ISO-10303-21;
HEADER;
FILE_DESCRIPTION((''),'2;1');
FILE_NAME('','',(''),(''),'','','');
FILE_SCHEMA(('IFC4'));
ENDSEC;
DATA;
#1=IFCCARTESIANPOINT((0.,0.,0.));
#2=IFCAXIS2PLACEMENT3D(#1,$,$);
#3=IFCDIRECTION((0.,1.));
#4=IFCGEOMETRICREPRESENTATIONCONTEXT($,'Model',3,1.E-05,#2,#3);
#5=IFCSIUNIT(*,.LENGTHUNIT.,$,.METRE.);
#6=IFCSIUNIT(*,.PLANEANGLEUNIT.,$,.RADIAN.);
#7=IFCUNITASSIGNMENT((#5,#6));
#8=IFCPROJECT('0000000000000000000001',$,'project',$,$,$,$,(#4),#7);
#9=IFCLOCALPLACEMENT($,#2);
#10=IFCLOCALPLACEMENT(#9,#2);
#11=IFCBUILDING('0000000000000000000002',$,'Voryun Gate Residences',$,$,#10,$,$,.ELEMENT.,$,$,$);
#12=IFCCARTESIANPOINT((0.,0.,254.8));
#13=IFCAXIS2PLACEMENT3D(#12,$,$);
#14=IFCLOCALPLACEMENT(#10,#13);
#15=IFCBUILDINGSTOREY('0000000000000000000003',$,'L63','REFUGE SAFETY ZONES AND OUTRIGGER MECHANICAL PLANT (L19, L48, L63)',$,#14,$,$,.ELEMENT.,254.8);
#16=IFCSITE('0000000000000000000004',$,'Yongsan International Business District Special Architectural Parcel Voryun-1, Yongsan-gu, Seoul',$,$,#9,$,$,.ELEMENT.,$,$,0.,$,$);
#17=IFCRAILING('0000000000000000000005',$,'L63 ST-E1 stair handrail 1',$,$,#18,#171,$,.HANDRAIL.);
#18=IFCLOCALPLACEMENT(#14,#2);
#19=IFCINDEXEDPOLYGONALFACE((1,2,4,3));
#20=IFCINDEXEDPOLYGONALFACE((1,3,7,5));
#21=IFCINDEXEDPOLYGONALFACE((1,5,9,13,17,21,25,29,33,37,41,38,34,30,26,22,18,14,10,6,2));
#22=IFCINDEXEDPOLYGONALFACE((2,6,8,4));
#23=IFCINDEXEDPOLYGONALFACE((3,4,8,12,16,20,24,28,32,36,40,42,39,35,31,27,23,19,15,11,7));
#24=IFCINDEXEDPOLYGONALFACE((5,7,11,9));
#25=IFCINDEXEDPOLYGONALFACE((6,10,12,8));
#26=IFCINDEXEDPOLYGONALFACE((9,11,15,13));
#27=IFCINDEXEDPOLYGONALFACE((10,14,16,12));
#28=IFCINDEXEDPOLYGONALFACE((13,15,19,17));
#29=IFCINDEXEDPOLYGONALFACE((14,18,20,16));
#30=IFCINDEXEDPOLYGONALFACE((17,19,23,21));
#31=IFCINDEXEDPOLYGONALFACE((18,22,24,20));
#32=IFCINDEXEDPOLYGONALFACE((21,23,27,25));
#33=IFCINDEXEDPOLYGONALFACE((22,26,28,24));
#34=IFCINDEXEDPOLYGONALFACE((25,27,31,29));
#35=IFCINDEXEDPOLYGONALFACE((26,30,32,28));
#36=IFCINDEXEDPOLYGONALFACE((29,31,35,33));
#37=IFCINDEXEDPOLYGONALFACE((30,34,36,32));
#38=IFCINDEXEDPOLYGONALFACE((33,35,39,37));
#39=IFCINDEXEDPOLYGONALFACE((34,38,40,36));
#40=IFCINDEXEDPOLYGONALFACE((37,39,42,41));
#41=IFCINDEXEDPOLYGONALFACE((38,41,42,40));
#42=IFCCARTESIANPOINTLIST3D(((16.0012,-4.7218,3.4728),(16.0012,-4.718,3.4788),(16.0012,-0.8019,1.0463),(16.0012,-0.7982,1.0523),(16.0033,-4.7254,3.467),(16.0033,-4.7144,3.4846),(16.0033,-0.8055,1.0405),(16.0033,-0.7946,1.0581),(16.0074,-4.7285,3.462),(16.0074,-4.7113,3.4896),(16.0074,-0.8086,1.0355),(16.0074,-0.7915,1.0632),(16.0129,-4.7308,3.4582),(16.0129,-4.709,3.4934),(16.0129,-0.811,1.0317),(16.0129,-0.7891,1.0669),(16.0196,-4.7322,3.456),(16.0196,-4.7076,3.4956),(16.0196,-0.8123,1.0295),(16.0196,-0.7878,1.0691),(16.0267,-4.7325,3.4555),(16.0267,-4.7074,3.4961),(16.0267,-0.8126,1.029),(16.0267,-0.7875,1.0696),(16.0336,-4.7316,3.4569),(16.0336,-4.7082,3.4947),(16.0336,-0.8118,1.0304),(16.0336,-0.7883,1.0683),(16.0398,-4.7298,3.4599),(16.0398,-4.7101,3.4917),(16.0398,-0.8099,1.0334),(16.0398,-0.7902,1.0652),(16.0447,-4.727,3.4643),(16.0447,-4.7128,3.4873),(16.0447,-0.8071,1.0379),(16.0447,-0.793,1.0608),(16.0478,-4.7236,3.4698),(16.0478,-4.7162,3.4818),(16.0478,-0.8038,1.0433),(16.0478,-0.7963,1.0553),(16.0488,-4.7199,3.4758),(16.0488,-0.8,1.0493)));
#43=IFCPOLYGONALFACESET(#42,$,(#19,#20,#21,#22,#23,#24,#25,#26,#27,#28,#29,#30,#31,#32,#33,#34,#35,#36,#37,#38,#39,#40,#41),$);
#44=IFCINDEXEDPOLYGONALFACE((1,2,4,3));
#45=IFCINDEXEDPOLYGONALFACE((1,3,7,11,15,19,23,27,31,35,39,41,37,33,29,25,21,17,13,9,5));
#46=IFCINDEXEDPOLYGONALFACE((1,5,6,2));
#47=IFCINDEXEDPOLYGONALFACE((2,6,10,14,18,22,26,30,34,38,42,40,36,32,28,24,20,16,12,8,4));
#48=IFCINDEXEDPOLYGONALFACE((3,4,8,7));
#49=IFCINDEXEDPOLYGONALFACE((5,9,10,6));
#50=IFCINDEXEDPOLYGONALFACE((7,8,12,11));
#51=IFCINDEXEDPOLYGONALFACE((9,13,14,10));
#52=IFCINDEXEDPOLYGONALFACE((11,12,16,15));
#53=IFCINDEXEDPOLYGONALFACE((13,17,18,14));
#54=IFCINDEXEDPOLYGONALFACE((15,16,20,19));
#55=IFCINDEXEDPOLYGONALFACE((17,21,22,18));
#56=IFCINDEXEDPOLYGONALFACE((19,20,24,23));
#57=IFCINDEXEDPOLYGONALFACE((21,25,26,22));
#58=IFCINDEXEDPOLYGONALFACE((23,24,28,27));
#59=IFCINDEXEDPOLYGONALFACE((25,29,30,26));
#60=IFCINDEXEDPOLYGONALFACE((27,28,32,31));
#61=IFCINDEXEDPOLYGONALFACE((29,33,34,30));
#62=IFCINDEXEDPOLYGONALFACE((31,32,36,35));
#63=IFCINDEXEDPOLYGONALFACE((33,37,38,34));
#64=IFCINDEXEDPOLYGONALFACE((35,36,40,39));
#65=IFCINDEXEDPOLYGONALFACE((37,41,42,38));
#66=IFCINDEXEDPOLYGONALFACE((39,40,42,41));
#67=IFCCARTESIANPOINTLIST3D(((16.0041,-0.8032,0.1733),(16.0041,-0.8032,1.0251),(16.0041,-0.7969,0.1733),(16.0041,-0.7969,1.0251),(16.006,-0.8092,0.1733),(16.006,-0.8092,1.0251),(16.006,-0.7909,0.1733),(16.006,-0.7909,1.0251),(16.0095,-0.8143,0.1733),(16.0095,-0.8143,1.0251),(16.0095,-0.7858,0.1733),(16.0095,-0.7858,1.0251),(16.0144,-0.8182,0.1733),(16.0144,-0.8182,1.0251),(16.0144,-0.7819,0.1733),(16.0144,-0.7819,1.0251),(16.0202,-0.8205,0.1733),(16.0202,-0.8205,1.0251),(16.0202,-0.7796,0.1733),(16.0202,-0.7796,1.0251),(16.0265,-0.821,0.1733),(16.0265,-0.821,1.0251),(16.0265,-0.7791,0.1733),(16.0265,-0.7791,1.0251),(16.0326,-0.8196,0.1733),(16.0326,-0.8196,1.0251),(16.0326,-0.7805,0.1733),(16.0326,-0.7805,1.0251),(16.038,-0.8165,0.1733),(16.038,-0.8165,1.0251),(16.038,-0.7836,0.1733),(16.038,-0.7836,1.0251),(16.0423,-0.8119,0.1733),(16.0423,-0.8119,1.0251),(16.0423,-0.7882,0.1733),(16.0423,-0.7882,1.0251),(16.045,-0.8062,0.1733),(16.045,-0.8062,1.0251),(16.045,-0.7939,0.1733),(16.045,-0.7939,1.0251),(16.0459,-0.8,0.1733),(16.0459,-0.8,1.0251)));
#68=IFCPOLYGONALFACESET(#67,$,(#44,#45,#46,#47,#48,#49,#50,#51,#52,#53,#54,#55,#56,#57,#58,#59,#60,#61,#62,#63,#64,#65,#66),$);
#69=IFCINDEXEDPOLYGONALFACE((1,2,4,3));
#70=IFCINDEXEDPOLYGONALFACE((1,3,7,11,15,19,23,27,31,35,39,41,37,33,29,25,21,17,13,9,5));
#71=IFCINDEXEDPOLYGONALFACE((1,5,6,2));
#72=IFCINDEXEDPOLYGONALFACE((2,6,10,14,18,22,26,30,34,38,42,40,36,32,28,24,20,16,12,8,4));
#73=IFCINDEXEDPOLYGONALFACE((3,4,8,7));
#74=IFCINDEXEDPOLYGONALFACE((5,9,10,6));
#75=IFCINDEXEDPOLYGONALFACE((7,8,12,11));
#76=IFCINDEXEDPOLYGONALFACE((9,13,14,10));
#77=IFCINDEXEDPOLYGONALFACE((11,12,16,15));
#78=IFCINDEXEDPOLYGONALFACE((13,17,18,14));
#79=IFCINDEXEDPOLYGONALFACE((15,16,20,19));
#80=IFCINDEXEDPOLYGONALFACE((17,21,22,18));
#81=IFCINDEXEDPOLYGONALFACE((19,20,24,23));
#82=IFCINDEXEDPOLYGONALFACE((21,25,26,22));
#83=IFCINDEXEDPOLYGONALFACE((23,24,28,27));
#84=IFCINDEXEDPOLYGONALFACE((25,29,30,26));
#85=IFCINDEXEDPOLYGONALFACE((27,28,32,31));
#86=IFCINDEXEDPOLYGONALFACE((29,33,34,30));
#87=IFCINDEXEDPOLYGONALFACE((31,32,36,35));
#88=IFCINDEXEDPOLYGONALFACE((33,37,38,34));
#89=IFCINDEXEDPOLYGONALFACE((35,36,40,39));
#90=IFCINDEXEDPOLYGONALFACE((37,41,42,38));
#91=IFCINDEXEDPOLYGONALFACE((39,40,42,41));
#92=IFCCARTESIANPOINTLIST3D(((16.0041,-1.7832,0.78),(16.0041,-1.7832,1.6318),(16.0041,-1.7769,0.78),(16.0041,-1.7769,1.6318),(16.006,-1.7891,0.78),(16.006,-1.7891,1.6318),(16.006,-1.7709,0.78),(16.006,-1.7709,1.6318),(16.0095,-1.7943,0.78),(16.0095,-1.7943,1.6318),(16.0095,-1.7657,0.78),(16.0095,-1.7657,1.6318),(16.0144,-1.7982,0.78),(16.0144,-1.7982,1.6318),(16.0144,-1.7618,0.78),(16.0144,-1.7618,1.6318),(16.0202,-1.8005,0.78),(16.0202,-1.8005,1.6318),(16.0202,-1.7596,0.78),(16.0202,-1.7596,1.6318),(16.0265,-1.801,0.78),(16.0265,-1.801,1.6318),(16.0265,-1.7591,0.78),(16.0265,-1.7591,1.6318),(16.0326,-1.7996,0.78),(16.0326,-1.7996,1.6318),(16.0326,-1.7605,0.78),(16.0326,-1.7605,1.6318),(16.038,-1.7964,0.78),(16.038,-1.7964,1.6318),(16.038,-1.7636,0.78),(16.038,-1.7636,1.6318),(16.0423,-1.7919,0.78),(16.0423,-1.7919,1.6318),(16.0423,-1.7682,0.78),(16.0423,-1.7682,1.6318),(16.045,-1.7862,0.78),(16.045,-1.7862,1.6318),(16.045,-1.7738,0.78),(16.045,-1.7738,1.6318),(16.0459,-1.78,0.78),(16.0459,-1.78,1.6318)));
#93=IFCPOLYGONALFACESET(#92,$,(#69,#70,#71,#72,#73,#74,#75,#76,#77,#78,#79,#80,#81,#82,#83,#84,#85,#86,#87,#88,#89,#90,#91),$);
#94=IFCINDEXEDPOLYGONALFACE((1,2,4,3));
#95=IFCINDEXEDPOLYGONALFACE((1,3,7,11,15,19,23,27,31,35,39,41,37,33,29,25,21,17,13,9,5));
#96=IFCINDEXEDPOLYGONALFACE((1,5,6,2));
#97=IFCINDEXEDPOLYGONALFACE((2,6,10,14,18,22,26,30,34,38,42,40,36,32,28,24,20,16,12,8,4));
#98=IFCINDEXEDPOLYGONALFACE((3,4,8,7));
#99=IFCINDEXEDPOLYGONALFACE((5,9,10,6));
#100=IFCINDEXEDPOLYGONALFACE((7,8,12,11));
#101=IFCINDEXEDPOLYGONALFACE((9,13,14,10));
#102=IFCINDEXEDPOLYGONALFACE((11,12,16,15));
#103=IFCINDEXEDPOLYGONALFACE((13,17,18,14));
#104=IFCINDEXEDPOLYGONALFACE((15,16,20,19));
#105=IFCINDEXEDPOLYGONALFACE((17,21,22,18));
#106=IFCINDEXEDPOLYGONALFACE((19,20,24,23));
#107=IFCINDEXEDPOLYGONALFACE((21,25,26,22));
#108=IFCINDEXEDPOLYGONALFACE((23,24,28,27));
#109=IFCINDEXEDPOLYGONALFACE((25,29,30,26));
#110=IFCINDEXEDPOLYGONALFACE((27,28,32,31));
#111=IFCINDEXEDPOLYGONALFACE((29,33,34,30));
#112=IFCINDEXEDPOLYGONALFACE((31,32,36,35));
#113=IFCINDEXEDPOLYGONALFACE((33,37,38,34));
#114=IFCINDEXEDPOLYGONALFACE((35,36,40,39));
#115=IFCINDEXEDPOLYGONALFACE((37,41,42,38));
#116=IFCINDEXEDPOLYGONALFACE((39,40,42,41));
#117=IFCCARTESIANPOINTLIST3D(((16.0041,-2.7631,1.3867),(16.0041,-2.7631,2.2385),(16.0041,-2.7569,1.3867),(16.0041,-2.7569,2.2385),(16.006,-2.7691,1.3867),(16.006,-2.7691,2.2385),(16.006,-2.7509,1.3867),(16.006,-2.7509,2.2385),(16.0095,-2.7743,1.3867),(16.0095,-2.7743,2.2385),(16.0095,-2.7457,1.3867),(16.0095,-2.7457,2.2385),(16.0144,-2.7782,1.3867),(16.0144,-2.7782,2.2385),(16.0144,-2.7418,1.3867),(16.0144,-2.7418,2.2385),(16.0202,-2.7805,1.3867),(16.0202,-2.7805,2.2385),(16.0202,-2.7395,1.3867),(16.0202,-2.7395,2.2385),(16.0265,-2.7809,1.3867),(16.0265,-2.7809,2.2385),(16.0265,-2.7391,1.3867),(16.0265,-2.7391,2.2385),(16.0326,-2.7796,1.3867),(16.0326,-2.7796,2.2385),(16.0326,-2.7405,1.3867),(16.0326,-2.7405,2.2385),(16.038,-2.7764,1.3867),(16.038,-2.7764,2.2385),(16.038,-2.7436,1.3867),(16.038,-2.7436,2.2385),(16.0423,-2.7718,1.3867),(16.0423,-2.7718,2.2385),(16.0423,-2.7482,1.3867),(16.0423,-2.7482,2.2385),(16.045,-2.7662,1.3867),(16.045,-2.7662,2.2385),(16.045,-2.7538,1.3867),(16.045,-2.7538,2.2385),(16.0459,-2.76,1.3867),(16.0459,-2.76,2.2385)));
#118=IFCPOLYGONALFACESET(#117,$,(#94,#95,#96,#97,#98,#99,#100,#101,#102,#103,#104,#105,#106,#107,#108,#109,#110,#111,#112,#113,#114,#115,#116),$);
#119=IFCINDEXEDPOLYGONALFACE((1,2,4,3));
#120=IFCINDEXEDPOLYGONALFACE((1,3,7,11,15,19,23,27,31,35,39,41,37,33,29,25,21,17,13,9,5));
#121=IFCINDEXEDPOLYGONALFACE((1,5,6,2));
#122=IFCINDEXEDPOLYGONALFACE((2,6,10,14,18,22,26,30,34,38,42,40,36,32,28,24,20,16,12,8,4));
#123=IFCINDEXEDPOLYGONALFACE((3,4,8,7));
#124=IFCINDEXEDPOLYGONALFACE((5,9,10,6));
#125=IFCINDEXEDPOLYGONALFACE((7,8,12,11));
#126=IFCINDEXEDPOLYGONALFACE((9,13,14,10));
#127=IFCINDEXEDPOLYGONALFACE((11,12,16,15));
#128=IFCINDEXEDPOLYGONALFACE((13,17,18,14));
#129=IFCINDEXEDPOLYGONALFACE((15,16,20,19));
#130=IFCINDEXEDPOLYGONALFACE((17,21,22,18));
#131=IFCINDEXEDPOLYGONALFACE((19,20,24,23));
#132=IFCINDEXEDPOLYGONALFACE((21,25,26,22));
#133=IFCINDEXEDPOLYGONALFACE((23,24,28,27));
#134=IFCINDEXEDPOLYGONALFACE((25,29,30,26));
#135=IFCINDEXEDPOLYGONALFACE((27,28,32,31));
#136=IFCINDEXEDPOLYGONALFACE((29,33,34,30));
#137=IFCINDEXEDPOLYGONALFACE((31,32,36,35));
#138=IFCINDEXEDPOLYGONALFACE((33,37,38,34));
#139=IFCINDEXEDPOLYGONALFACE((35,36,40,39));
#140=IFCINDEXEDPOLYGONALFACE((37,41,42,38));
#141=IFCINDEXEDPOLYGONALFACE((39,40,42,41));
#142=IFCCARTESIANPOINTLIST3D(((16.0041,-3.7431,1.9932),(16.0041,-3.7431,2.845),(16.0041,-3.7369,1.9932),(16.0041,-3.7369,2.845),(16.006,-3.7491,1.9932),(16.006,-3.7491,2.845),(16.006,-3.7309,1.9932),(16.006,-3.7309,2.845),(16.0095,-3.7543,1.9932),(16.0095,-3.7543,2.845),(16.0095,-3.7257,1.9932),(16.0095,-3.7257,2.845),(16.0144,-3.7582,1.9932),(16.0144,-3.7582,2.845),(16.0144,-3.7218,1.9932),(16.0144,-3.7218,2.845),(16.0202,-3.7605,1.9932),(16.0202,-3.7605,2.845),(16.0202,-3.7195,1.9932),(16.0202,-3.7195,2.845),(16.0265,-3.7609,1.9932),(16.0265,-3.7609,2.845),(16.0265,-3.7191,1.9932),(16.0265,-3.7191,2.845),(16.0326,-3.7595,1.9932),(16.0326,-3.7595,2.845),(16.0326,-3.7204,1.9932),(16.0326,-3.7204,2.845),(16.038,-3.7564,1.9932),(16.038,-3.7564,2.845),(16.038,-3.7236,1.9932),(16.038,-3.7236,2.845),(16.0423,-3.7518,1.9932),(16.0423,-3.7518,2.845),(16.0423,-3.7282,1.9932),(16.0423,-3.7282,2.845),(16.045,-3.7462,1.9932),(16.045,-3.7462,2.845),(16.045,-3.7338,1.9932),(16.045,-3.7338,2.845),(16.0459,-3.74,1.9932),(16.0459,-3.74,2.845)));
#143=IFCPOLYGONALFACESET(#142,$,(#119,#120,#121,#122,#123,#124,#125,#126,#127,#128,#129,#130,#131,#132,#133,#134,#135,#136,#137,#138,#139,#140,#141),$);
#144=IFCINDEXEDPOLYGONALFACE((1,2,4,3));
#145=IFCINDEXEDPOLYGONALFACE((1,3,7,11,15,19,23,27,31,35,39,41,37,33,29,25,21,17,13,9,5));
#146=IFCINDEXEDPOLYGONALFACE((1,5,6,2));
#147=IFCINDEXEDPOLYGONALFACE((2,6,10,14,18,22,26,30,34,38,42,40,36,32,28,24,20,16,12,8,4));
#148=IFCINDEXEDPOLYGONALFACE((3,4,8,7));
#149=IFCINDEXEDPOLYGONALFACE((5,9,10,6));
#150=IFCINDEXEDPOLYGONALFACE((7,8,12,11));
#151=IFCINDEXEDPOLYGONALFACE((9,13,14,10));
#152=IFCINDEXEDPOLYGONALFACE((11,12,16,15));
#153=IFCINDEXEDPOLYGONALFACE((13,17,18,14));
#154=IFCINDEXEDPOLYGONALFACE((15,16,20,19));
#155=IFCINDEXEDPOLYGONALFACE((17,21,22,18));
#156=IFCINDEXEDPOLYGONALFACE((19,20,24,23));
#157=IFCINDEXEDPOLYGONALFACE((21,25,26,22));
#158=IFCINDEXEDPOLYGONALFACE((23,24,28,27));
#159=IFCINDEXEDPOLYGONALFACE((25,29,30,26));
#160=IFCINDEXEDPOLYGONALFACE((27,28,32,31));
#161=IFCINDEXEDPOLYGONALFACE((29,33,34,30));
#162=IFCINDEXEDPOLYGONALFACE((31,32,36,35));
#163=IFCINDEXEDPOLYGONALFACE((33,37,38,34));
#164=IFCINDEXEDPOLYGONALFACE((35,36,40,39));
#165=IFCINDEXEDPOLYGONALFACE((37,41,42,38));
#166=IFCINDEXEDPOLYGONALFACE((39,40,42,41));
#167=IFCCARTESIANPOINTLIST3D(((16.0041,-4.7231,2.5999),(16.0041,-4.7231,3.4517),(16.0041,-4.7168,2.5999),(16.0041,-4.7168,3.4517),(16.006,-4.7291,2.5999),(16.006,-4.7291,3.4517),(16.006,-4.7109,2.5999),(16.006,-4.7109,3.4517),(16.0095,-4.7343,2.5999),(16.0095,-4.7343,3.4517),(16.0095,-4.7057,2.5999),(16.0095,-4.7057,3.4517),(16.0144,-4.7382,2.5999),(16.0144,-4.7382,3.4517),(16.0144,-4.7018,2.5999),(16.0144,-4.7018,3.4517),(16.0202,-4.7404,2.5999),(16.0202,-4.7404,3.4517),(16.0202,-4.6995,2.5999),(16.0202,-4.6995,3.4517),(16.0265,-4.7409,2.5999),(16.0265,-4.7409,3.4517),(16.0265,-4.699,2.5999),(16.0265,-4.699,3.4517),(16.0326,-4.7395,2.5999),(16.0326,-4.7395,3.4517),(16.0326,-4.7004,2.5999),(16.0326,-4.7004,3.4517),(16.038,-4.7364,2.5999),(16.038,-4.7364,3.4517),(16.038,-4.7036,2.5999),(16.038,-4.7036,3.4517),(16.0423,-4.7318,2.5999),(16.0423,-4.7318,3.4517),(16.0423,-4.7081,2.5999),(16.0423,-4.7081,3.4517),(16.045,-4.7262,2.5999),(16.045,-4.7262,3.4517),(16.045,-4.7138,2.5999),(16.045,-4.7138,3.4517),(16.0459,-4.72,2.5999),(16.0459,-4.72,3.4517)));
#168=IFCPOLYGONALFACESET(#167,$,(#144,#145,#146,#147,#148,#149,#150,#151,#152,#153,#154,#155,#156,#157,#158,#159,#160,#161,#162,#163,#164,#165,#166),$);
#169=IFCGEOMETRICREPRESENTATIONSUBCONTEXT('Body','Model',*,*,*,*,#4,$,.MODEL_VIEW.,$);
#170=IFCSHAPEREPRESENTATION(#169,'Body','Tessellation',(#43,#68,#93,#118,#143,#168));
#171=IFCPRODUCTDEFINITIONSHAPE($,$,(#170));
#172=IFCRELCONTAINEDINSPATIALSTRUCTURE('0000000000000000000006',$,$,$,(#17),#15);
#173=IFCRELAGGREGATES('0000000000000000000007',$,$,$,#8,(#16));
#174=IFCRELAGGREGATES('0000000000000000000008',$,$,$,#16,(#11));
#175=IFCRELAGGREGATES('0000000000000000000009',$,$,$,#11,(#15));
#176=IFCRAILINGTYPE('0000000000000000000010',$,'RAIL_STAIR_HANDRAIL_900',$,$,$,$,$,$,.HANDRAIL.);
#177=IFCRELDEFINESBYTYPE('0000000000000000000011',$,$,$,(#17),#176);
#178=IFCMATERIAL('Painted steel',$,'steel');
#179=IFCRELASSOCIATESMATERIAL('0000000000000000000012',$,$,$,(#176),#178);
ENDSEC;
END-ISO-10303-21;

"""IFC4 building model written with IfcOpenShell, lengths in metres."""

from ifc_helpers import new_model, si_unit, direction, frame, origin, origin_2d, place, context, subcontext, project, spatial, circle, extrude, material, type_object, element, save


model = new_model("IFC4")

# Units and contexts
model_context = context("Model", 3, precision=1e-05, world=origin(), true_north=direction((0.0, 1.0)))
body_context = subcontext(model_context, "Body", "Model", "MODEL_VIEW")
ifc_project = project(units=[si_unit("LENGTHUNIT", "METRE"), si_unit("PLANEANGLEUNIT", "RADIAN")], contexts=[model_context])

# Site, building, storey
site_placement = place(None, origin())
site = spatial("IfcSite", under=ifc_project, at=site_placement, Name="Yongsan International Business District Special Architectural Parcel Voryun-1, Yongsan-gu, Seoul", CompositionType="ELEMENT", RefElevation=0.0)
building_placement = place(site_placement, origin())
building = spatial("IfcBuilding", under=site, at=building_placement, Name="Voryun Gate Residences", CompositionType="ELEMENT")
storey_placement = place(building_placement, frame((0.0, 0.0, 254.8)))
storey = spatial("IfcBuildingStorey", under=building, at=storey_placement, Name="L63", Description="REFUGE SAFETY ZONES AND OUTRIGGER MECHANICAL PLANT (L19, L48, L63)", CompositionType="ELEMENT", Elevation=254.8)

# Railing
ifc_material_1 = material(Name="Painted steel", Category="steel")
railing_type_1 = type_object("IfcRailingType", Name="RAIL_STAIR_HANDRAIL_900", PredefinedType="HANDRAIL", material=ifc_material_1)
railing_1_placement = place(storey_placement, frame((16.0249, -0.8, 0.1733)))
element("IfcRailing", 1, at=railing_1_placement, inside=storey, type_object=railing_type_1, Name="L63 ST-E1 stair handrail 1", PredefinedType="HANDRAIL", context=body_context, shape_type="SweptSolid", body=[
    extrude(circle(Radius=0.0239, at=origin_2d()), frame((0.0, 0.0, 0.876), z_axis=(0.0, -0.850275, 0.526338), x_axis=(1.0, 0.0, 0.0)), (0.0, 0.0, 1.0), 4.6101),
    extrude(circle(Radius=0.021, at=origin_2d()), origin(), (0.0, 0.0, 1.0), 0.8518),
    extrude(circle(Radius=0.021, at=origin_2d()), frame((0.0, -0.98, 0.6067)), (0.0, 0.0, 1.0), 0.8518),
    extrude(circle(Radius=0.021, at=origin_2d()), frame((0.0, -1.96, 1.2134)), (0.0, 0.0, 1.0), 0.8518),
    extrude(circle(Radius=0.021, at=origin_2d()), frame((0.0, -2.9399, 1.8198)), (0.0, 0.0, 1.0), 0.8518),
    extrude(circle(Radius=0.021, at=origin_2d()), frame((0.0, -3.9199, 2.4265)), (0.0, 0.0, 1.0), 0.8518),
])

save(model, "model.ifc")
